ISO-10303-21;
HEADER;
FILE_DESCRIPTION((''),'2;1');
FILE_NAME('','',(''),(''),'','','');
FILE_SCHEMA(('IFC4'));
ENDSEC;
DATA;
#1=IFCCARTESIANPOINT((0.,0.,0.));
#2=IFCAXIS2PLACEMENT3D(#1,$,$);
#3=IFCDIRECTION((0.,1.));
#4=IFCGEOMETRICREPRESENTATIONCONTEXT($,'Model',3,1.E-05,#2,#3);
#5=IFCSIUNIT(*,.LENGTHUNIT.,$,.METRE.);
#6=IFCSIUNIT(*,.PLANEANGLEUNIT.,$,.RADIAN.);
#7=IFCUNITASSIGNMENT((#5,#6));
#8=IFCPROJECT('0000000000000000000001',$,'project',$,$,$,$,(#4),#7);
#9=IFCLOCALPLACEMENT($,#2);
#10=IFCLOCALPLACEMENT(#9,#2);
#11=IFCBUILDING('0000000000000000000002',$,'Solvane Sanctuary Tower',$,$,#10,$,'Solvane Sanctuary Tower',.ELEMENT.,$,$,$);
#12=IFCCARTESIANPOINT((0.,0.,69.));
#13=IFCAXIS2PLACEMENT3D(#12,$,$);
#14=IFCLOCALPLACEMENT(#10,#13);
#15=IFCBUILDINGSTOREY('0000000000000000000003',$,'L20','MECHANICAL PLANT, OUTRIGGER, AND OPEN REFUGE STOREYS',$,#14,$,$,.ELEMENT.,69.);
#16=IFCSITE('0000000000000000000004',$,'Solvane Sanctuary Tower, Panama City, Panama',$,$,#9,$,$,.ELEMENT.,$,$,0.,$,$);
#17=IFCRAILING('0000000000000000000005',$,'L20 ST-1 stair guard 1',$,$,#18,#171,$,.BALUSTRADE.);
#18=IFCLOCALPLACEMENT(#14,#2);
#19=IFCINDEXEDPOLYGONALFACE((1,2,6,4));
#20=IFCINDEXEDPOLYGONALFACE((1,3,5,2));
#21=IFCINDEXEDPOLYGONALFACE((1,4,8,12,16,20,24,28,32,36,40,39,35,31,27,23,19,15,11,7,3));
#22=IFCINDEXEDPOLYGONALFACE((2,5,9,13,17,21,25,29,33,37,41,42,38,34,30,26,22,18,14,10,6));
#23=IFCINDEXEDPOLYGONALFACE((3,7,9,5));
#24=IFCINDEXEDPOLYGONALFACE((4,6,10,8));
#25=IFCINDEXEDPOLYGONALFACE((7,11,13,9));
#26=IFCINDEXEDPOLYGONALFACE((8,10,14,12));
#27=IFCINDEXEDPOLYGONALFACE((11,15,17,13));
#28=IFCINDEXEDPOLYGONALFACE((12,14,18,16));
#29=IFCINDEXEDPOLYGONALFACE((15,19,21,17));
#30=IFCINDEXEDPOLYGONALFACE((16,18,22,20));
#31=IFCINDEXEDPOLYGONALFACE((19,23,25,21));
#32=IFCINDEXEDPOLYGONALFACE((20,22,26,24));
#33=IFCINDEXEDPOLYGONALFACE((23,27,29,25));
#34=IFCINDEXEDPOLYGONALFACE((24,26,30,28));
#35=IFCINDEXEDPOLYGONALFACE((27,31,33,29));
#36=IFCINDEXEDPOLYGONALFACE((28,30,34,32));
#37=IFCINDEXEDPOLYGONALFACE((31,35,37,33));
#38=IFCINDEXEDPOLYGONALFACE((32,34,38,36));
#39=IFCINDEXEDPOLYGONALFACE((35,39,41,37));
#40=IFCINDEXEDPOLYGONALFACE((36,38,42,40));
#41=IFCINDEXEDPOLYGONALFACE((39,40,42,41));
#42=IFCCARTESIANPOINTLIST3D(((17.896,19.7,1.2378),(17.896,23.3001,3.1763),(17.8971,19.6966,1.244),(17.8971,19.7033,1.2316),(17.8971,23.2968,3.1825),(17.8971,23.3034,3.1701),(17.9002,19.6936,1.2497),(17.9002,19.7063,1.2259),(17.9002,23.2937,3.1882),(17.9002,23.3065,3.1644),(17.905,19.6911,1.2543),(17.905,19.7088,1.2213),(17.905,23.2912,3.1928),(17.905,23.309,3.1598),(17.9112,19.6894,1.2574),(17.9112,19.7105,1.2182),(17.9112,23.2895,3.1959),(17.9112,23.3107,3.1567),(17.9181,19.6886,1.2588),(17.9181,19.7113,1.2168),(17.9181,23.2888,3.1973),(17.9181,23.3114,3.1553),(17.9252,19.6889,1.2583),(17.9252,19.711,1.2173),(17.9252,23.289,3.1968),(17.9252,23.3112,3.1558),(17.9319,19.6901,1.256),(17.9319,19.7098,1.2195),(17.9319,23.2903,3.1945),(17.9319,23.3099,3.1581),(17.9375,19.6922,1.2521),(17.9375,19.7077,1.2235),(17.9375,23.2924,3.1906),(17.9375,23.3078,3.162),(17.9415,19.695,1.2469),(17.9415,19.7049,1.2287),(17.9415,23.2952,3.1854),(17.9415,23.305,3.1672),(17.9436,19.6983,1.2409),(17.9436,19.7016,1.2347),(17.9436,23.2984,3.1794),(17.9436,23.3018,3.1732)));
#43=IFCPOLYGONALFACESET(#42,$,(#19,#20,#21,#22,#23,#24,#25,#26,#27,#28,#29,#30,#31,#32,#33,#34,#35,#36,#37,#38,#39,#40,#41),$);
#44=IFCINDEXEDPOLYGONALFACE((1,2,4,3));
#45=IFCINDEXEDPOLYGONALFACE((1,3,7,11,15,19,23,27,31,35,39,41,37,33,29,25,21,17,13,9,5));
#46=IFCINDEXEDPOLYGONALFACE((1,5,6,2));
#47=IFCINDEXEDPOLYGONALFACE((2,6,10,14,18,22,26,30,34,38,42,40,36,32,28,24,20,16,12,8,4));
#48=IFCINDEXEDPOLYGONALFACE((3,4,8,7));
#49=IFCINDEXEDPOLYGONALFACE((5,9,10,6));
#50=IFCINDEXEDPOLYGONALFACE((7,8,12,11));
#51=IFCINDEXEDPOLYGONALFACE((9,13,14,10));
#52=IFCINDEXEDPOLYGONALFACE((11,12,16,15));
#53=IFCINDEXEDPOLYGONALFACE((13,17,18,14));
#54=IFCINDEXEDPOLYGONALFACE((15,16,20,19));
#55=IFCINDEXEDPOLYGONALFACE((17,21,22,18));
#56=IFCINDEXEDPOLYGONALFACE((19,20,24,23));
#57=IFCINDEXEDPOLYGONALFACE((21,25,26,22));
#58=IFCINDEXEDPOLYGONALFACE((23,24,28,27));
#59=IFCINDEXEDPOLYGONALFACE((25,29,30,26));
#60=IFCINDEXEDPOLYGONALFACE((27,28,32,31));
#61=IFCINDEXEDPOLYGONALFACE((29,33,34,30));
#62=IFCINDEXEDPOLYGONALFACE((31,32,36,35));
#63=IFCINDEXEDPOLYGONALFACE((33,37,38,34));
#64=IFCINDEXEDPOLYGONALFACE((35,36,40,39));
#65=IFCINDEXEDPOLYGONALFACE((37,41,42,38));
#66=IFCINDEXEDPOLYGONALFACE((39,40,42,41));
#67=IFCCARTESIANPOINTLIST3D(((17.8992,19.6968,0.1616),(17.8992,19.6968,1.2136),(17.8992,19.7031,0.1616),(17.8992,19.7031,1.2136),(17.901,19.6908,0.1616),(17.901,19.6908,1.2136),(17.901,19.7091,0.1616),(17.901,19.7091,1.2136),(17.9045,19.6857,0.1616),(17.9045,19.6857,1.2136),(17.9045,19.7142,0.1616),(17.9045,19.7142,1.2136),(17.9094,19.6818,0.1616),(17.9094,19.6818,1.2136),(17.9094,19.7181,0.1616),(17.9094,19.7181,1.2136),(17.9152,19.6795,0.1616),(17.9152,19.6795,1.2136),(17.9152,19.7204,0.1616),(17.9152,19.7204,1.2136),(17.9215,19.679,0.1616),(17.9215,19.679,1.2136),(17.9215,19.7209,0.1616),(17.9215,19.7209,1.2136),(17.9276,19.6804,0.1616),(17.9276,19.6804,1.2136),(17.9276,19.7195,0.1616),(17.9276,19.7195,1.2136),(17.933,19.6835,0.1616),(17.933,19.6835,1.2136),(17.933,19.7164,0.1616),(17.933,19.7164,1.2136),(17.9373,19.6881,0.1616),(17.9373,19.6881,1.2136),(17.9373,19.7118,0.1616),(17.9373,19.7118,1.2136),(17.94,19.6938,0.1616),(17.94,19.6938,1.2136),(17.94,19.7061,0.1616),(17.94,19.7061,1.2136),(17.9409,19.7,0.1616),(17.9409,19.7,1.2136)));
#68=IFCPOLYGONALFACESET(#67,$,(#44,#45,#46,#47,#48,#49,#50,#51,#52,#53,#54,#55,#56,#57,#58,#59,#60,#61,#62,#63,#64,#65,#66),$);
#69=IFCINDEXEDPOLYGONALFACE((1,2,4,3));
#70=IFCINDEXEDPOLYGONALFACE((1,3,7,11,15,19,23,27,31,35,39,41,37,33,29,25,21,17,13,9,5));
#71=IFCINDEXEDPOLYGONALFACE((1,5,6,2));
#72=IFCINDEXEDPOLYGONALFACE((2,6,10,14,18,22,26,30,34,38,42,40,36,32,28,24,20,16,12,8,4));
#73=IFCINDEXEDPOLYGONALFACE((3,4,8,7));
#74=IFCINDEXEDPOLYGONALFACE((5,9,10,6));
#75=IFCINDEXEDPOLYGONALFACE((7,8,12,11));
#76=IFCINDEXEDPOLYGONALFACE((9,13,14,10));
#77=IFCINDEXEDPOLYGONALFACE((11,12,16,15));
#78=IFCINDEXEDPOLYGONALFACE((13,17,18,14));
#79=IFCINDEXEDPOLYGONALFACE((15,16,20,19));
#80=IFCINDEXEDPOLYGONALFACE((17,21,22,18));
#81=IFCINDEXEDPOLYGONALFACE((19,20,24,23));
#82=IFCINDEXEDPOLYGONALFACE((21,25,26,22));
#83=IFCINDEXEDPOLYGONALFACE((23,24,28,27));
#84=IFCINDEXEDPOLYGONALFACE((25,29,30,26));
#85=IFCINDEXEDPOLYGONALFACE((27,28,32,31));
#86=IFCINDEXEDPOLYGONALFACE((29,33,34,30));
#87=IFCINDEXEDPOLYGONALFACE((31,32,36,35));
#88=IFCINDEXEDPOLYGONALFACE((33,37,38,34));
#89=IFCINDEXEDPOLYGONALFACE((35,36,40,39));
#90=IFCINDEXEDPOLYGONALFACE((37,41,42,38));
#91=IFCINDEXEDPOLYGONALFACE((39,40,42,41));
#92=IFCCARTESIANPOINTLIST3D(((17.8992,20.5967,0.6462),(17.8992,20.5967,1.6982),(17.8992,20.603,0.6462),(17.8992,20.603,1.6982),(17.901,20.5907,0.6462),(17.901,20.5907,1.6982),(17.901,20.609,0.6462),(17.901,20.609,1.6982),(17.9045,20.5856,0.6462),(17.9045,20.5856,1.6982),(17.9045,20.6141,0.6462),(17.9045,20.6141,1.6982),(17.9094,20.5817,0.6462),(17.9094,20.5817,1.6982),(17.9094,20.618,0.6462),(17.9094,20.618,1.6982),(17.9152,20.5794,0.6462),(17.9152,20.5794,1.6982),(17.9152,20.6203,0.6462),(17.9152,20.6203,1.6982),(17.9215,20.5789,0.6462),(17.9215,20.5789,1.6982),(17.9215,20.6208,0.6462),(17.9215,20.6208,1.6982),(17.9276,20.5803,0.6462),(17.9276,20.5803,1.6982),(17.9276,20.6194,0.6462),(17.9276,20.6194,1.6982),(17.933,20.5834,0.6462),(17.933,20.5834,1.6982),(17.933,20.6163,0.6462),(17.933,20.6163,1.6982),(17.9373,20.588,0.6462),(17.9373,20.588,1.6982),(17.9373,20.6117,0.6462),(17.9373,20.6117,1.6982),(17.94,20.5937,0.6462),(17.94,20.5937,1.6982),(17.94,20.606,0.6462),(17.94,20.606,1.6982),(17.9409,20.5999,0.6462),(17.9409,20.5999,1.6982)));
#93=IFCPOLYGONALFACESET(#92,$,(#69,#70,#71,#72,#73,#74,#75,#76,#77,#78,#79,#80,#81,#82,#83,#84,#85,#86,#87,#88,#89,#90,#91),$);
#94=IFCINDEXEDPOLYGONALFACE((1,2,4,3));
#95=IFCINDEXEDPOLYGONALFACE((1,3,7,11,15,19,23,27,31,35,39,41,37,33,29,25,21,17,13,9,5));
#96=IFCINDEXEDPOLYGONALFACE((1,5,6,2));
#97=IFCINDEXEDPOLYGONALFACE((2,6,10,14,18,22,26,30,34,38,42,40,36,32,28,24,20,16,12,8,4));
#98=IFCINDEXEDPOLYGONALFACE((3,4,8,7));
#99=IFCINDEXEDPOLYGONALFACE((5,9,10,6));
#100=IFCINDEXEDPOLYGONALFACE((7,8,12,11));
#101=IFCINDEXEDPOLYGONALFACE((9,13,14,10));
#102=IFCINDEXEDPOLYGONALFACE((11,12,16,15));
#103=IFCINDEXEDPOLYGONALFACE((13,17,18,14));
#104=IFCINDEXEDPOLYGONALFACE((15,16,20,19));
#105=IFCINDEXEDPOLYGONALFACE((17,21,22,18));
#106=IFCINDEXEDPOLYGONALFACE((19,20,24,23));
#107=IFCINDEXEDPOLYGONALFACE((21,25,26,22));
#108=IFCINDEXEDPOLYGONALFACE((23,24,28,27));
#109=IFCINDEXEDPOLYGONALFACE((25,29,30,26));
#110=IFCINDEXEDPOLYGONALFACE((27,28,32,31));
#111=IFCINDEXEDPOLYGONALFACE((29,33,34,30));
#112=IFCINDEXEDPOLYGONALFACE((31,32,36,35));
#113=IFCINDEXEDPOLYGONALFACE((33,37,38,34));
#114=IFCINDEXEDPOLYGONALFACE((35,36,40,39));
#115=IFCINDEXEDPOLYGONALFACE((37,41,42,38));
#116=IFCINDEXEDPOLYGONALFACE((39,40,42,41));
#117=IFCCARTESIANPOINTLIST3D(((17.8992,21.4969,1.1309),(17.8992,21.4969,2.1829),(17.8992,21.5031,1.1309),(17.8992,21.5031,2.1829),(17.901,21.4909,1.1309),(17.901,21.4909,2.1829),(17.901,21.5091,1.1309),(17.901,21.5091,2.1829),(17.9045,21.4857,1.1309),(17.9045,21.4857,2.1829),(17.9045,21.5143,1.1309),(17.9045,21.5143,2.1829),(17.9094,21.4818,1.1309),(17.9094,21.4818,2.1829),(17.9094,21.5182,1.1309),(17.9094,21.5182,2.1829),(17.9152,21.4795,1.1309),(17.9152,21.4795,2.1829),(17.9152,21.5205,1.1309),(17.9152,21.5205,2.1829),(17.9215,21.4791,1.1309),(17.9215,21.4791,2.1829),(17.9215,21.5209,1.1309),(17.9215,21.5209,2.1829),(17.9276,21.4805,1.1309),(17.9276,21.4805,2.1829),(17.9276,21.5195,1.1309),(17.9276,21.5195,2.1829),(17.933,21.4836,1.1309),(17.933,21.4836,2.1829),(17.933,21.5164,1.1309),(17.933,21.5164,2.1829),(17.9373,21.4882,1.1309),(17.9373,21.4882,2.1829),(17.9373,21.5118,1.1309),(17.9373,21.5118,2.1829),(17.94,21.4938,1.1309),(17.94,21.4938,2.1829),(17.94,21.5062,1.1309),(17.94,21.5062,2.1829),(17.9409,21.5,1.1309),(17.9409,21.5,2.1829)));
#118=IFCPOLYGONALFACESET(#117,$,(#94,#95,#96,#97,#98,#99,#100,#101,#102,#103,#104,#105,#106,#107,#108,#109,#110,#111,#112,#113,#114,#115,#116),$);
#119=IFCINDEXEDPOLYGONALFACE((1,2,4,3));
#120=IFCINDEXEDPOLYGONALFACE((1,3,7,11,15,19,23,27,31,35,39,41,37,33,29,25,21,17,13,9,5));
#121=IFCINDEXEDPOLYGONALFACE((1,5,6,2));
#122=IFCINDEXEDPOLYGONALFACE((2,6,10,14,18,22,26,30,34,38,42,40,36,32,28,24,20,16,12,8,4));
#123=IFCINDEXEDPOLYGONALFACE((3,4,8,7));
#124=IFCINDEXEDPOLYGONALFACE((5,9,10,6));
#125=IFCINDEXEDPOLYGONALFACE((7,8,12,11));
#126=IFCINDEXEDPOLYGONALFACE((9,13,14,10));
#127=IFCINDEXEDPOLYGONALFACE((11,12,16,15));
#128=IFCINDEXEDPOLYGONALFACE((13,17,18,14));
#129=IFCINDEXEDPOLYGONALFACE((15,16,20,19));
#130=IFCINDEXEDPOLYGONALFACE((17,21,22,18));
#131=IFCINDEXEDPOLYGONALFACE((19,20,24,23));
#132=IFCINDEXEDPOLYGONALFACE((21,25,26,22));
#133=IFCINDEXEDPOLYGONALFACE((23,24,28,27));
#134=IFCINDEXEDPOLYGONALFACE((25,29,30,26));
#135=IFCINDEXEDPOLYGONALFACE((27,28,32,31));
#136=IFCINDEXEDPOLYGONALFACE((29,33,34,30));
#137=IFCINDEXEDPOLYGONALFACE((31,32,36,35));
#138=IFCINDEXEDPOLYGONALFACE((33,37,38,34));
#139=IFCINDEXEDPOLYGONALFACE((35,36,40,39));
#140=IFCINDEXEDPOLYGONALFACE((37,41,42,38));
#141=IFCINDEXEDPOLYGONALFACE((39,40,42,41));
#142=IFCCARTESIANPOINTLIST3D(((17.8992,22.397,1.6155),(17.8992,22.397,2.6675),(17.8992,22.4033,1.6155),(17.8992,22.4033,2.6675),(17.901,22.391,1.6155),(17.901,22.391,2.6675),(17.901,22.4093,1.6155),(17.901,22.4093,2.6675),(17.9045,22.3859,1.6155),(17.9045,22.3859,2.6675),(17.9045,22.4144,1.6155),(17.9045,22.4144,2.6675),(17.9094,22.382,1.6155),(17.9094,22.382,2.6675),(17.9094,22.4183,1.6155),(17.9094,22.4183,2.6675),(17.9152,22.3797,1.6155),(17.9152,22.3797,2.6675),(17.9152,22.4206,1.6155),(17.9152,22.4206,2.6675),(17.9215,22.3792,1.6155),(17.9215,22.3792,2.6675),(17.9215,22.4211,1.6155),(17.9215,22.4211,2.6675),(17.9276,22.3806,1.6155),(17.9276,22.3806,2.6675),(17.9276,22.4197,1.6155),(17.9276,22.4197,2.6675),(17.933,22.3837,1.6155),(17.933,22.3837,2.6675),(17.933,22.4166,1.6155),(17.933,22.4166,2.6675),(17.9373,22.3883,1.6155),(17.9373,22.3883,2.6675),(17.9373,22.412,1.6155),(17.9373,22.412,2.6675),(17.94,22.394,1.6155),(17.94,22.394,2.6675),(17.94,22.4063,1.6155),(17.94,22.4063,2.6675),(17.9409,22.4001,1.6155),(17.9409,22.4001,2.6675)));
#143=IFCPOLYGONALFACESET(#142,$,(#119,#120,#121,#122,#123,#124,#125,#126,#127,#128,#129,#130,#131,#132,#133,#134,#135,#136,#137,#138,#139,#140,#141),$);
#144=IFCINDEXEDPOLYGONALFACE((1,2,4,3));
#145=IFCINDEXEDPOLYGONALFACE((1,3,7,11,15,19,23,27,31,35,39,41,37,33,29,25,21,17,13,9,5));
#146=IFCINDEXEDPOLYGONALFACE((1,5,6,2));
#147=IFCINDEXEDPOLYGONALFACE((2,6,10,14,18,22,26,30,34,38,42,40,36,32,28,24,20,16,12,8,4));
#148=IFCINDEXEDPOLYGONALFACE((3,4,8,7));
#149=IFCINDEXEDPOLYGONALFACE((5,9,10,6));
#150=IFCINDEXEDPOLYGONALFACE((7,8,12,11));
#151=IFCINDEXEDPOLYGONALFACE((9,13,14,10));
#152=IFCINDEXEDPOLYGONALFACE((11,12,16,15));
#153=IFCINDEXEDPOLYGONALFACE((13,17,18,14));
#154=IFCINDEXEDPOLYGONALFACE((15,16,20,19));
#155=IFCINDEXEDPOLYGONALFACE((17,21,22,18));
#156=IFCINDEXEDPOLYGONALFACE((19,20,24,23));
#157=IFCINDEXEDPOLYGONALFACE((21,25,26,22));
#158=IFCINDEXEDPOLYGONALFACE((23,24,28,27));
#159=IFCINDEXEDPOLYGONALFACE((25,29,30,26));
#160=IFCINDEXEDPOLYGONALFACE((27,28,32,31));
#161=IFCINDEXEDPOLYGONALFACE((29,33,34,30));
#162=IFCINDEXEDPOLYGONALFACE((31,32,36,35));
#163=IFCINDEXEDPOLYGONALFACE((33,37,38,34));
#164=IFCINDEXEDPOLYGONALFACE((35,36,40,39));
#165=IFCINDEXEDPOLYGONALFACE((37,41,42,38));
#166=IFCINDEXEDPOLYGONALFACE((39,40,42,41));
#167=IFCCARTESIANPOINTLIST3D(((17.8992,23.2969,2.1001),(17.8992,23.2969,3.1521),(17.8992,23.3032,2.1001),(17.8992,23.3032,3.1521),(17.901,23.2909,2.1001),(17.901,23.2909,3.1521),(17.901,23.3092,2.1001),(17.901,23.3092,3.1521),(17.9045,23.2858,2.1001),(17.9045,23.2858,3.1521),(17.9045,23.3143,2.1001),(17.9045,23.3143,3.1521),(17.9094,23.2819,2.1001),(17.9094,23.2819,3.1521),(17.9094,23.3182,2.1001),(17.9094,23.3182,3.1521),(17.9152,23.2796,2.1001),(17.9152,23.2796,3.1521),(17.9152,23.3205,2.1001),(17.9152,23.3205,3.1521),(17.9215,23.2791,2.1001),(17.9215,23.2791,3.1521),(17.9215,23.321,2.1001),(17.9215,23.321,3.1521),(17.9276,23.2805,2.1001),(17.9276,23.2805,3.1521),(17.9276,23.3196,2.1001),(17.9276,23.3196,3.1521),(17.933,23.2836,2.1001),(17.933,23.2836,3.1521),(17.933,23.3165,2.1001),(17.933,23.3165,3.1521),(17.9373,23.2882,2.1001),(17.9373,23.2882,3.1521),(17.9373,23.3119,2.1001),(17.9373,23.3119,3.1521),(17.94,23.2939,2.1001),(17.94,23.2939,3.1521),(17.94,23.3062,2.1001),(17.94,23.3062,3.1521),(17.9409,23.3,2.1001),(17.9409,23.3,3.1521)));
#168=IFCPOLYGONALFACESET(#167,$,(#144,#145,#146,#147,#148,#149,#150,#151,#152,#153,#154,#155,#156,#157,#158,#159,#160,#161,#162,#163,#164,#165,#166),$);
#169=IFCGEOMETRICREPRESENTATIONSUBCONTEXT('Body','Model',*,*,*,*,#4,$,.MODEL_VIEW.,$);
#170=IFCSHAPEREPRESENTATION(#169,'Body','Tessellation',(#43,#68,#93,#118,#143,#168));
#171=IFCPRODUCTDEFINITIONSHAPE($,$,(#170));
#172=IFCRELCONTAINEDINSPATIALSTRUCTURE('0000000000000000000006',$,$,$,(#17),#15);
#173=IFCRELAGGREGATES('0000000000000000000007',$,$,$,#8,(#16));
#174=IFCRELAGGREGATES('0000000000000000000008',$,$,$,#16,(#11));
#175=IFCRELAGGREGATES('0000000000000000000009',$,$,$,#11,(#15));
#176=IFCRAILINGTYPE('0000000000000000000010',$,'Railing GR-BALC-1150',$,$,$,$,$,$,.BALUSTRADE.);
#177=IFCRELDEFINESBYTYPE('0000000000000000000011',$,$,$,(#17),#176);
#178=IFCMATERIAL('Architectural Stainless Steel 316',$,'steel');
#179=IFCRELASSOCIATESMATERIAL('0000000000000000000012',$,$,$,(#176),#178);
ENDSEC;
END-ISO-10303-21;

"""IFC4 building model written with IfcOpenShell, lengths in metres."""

from ifc_helpers import new_model, si_unit, direction, frame, origin, origin_2d, place, context, subcontext, project, spatial, circle, extrude, material, type_object, element, save


model = new_model("IFC4")

# Units and contexts
model_context = context("Model", 3, precision=1e-05, world=origin(), true_north=direction((0.0, 1.0)))
body_context = subcontext(model_context, "Body", "Model", "MODEL_VIEW")
ifc_project = project(units=[si_unit("LENGTHUNIT", "METRE"), si_unit("PLANEANGLEUNIT", "RADIAN")], contexts=[model_context])

# Site, building, storey
site_placement = place(None, origin())
site = spatial("IfcSite", under=ifc_project, at=site_placement, Name="Solvane Sanctuary Tower, Panama City, Panama", CompositionType="ELEMENT", RefElevation=0.0)
building_placement = place(site_placement, origin())
building = spatial("IfcBuilding", under=site, at=building_placement, Name="Solvane Sanctuary Tower", LongName="Solvane Sanctuary Tower", CompositionType="ELEMENT")
storey_placement = place(building_placement, frame((0.0, 0.0, 69.0)))
storey = spatial("IfcBuildingStorey", under=building, at=storey_placement, Name="L20", Description="MECHANICAL PLANT, OUTRIGGER, AND OPEN REFUGE STOREYS", CompositionType="ELEMENT", Elevation=69.0)

# Shared definitions
ifc_material_1 = material(Name="Architectural Stainless Steel 316", Category="steel")

# Railing
railing_type_1 = type_object("IfcRailingType", Name="Railing GR-BALC-1150", PredefinedType="BALUSTRADE", material=ifc_material_1)
railing_1_placement = place(storey_placement, frame((17.9199, 19.7, 0.1616)))
element("IfcRailing", 1, at=railing_1_placement, inside=storey, type_object=railing_type_1, Name="L20 ST-1 stair guard 1", PredefinedType="BALUSTRADE", context=body_context, shape_type="SweptSolid", body=[
    extrude(circle(Radius=0.0239, at=origin_2d()), frame((0.0, 0.0, 1.0762), z_axis=(0.0, 0.880475, 0.474093), x_axis=(-1.0, 0.0, 0.0)), (0.0, 0.0, 1.0), 4.0889),
    extrude(circle(Radius=0.021, at=origin_2d()), origin(), (0.0, 0.0, 1.0), 1.052),
    extrude(circle(Radius=0.021, at=origin_2d()), frame((0.0, 0.8999, 0.4846)), (0.0, 0.0, 1.0), 1.052),
    extrude(circle(Radius=0.021, at=origin_2d()), frame((0.0, 1.8, 0.9692)), (0.0, 0.0, 1.0), 1.052),
    extrude(circle(Radius=0.021, at=origin_2d()), frame((0.0, 2.7002, 1.4539)), (0.0, 0.0, 1.0), 1.052),
    extrude(circle(Radius=0.021, at=origin_2d()), frame((0.0, 3.6001, 1.9385)), (0.0, 0.0, 1.0), 1.052),
])

save(model, "model.ifc")
